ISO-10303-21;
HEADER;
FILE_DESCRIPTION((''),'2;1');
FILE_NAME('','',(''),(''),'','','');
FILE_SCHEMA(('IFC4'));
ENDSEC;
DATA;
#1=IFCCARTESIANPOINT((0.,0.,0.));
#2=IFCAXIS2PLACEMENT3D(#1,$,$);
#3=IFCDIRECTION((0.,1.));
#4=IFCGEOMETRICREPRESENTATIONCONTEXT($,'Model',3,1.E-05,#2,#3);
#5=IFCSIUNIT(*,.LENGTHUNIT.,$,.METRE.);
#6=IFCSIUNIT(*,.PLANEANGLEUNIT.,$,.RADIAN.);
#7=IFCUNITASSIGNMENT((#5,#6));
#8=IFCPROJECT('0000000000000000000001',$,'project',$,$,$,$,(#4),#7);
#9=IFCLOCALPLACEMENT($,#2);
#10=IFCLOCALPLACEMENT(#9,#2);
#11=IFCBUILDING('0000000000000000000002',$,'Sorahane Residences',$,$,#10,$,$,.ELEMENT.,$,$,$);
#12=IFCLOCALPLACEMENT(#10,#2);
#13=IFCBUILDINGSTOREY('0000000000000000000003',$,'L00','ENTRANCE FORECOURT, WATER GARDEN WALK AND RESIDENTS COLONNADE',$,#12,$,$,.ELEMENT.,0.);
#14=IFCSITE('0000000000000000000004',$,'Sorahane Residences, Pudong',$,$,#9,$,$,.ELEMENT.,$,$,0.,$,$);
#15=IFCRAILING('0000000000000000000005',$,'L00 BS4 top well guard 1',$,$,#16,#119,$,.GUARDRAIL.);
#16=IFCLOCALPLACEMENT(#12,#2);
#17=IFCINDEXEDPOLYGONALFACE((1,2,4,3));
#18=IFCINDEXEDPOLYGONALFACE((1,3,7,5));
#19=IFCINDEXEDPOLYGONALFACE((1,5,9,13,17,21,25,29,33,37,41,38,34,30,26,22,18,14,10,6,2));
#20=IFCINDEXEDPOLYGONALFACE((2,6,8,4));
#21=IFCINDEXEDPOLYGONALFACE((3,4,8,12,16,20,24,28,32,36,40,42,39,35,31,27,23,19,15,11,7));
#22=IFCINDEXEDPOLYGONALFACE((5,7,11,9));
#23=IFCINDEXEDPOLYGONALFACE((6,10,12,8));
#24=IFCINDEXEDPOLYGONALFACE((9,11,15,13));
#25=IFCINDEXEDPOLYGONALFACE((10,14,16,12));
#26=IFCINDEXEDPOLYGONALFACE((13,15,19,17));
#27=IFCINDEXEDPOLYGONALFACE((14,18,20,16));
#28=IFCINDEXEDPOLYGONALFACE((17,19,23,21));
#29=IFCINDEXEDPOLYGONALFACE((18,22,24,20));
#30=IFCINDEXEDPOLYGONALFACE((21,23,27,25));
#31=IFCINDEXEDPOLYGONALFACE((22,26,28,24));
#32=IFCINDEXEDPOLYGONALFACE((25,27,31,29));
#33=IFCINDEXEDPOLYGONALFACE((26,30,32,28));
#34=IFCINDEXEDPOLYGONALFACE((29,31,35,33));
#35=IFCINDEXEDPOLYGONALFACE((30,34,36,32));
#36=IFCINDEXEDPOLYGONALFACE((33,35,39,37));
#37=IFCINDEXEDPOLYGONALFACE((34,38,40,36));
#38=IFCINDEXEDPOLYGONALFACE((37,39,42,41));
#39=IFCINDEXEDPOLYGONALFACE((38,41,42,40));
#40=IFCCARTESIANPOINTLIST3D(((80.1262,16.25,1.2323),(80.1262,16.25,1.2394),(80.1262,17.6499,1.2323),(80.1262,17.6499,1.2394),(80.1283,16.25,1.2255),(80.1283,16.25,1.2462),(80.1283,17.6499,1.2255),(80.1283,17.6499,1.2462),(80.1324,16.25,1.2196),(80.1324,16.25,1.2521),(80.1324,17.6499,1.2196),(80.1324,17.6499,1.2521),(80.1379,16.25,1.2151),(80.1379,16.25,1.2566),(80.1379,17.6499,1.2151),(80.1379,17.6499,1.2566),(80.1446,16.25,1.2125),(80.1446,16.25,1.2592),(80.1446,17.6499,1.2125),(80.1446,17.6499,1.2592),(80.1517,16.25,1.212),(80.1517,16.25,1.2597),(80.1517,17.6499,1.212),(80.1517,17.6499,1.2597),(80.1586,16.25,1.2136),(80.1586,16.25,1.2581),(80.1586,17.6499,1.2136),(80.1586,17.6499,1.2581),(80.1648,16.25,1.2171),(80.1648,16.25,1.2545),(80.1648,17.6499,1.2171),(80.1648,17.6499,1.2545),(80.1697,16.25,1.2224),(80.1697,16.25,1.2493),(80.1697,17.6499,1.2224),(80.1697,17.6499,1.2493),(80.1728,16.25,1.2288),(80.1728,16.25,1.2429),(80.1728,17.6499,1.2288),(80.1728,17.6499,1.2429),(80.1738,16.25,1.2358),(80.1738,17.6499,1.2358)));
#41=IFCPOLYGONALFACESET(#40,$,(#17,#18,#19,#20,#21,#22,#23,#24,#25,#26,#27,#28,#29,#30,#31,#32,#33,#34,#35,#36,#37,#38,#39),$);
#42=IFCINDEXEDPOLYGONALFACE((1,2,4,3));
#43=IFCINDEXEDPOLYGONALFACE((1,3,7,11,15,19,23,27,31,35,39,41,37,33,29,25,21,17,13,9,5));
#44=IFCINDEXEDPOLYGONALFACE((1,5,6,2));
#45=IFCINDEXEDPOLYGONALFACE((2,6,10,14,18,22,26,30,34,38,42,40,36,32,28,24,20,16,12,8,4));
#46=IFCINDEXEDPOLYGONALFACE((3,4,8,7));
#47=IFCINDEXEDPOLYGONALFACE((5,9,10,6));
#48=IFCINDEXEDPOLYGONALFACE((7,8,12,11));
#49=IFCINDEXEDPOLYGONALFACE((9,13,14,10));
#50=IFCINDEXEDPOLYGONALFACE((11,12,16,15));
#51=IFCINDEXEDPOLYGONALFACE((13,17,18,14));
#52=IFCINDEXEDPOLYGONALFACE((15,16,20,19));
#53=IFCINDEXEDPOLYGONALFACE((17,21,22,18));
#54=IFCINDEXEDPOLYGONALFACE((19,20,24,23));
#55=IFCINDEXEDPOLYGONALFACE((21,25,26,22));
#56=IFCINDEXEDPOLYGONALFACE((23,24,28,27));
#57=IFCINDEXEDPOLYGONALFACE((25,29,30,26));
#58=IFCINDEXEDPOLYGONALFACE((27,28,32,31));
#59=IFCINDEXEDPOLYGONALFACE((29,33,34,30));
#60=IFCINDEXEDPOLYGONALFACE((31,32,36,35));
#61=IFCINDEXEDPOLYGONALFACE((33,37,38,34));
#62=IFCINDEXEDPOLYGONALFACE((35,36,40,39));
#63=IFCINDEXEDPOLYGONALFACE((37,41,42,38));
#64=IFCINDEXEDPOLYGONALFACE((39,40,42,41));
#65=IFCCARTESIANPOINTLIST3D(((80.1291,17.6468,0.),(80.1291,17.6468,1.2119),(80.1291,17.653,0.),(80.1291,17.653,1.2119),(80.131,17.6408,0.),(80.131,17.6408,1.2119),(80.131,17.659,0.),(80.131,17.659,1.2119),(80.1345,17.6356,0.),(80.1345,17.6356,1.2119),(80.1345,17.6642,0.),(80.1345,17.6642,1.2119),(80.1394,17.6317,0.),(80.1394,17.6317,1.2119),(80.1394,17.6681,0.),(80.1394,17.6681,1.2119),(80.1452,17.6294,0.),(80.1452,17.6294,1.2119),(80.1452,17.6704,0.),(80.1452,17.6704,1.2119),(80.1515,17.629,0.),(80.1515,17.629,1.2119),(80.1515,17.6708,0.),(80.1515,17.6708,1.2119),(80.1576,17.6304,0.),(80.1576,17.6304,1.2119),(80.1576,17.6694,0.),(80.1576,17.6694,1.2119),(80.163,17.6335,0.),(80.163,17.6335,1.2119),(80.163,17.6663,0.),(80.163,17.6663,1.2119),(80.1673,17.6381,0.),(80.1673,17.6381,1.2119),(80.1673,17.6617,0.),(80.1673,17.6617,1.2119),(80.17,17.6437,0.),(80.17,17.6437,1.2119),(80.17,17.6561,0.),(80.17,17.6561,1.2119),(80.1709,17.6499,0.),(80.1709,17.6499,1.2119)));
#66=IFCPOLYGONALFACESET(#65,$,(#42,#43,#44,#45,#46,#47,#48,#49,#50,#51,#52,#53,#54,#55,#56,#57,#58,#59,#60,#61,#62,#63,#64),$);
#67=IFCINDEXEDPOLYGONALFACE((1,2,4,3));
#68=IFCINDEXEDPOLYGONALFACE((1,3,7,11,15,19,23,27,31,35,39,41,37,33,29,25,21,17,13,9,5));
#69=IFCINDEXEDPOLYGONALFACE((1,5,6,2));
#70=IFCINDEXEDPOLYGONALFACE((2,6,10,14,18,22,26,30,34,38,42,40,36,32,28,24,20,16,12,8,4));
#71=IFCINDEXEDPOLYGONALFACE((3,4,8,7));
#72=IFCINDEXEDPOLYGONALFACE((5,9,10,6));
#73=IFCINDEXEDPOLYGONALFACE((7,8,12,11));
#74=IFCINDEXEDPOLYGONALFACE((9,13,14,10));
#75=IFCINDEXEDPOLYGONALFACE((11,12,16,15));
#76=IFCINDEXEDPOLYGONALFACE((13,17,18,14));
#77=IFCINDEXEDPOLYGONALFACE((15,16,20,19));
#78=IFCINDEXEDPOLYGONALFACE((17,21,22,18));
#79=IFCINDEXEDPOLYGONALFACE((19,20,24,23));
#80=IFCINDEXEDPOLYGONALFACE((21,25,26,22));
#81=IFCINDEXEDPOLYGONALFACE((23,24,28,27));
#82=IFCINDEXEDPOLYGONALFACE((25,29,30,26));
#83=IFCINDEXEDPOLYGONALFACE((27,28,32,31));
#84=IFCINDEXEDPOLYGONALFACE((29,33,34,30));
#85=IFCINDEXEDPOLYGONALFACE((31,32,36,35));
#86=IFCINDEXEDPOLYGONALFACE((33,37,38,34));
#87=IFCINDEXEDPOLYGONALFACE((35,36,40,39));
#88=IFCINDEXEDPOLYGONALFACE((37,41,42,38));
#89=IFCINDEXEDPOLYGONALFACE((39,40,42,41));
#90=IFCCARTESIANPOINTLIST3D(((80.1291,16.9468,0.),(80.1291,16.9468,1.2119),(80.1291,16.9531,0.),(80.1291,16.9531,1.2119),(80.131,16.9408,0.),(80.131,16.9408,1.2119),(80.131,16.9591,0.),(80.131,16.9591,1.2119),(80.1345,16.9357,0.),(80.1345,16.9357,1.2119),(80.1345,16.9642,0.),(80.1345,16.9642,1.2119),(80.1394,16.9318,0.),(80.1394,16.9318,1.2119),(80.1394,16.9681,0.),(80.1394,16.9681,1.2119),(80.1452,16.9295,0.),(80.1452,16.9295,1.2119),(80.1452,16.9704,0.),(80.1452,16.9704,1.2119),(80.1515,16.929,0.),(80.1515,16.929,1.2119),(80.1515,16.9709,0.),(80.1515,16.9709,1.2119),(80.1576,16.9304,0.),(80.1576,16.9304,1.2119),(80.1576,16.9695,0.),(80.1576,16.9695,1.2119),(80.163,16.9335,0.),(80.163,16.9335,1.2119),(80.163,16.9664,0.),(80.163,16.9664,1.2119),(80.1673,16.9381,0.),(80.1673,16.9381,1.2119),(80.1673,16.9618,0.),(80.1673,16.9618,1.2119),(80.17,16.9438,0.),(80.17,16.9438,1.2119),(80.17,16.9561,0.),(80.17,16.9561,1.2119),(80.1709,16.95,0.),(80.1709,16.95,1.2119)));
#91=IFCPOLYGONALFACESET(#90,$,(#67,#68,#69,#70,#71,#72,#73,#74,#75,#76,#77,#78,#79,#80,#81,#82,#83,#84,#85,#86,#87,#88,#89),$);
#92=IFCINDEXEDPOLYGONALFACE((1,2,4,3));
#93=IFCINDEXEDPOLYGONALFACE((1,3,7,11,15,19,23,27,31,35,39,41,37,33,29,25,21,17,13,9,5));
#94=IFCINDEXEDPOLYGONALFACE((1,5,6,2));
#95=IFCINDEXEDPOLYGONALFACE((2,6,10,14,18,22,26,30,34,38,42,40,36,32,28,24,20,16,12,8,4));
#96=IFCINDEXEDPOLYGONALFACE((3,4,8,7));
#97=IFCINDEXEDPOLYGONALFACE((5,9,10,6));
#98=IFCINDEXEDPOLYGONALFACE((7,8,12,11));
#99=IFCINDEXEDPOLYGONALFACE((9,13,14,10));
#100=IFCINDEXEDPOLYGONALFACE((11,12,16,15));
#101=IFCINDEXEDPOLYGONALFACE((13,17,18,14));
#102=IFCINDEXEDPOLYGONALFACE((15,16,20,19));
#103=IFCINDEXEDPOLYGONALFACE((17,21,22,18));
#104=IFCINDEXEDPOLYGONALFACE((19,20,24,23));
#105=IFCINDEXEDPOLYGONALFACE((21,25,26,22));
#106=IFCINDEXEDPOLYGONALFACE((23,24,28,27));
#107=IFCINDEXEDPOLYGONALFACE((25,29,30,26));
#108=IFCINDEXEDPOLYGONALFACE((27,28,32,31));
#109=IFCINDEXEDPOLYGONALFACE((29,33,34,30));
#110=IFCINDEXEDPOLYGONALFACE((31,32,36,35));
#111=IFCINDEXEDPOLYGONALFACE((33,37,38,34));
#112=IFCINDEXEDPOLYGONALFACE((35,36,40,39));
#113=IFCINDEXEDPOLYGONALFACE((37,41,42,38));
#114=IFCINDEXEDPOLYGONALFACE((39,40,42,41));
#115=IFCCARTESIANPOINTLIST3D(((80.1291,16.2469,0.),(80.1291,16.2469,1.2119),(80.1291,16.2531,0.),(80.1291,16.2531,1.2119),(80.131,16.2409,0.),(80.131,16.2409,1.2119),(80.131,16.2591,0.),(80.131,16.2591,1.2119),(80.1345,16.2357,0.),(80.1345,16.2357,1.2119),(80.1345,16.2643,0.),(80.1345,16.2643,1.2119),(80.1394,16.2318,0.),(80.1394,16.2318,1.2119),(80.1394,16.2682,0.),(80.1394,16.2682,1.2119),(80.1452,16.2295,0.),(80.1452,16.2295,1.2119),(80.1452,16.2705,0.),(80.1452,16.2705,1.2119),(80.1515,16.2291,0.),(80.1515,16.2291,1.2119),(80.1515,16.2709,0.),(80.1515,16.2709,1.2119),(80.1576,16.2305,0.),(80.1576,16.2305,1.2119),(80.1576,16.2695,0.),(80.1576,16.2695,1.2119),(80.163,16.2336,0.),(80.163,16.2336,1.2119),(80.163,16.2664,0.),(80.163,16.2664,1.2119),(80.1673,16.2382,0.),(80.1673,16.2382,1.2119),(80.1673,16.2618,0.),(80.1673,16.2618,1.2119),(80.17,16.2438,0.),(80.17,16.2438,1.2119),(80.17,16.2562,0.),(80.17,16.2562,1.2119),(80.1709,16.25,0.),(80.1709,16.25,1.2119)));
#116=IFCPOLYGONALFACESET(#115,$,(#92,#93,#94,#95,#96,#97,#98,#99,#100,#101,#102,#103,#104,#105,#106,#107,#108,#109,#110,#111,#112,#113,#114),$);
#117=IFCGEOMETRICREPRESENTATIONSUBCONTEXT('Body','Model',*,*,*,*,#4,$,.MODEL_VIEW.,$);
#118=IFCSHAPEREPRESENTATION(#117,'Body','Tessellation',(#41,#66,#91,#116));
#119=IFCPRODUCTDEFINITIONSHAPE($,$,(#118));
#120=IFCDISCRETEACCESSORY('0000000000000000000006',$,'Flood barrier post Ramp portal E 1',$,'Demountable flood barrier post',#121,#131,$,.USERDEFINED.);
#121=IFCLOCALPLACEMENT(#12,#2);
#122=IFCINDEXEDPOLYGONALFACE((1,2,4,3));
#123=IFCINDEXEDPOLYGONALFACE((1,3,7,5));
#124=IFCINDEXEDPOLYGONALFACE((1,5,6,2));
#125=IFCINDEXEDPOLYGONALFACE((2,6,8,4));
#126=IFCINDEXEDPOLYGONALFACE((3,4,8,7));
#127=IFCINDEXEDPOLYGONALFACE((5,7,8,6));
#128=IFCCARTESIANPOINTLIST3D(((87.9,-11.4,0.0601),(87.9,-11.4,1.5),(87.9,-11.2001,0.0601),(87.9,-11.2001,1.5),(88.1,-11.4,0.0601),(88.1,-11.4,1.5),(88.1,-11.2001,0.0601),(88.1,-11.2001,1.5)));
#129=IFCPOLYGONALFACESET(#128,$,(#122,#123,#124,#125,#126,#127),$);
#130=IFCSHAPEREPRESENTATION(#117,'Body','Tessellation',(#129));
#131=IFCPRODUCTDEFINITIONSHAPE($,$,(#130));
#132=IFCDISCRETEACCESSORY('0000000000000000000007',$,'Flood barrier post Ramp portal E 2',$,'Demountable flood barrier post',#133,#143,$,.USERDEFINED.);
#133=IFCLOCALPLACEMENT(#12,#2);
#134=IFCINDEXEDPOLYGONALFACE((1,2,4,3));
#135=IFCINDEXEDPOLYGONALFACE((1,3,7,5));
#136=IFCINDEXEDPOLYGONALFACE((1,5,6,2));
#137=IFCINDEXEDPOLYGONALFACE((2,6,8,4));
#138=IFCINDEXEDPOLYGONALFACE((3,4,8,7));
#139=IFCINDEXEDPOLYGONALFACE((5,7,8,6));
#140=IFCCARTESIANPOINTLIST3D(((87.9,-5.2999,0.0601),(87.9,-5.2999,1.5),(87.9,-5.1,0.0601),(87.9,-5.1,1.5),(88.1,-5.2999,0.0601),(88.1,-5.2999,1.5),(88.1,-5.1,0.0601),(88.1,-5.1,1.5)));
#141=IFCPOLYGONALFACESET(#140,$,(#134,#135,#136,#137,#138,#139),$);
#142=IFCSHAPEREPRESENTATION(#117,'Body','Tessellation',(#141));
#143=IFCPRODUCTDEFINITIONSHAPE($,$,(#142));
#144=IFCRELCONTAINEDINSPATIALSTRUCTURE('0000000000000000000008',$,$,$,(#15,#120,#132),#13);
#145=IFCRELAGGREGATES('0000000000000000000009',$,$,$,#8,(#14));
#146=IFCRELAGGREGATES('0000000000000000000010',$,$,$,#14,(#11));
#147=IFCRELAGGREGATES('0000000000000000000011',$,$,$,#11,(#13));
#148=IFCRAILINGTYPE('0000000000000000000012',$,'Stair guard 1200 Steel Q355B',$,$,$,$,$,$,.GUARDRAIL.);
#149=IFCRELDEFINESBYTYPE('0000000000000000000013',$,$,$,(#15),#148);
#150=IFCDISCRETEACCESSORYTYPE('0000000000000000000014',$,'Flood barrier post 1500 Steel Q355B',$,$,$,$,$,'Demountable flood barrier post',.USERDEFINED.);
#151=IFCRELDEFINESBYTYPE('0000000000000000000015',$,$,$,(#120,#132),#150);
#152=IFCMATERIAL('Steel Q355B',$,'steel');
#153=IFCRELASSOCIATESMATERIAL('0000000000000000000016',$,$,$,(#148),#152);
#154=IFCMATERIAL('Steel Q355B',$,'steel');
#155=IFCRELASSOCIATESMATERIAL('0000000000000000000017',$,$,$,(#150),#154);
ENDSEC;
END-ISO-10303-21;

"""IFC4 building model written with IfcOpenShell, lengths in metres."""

from ifc_helpers import new_model, si_unit, direction, frame, origin, origin_2d, place, context, subcontext, project, spatial, rectangle, circle, extrude, material, type_object, element, save


model = new_model("IFC4")

# Units and contexts
model_context = context("Model", 3, precision=1e-05, world=origin(), true_north=direction((0.0, 1.0)))
body_context = subcontext(model_context, "Body", "Model", "MODEL_VIEW")
ifc_project = project(units=[si_unit("LENGTHUNIT", "METRE"), si_unit("PLANEANGLEUNIT", "RADIAN")], contexts=[model_context])

# Site, building, storey
site_placement = place(None, origin())
site = spatial("IfcSite", under=ifc_project, at=site_placement, Name="Sorahane Residences, Pudong", CompositionType="ELEMENT", RefElevation=0.0)
building_placement = place(site_placement, origin())
building = spatial("IfcBuilding", under=site, at=building_placement, Name="Sorahane Residences", CompositionType="ELEMENT")
storey_placement = place(building_placement, origin())
storey = spatial("IfcBuildingStorey", under=building, at=storey_placement, Name="L00", Description="ENTRANCE FORECOURT, WATER GARDEN WALK AND RESIDENTS COLONNADE", CompositionType="ELEMENT", Elevation=0.0)

# Railing
ifc_material_1 = material(Name="Steel Q355B", Category="steel")
railing_type_1 = type_object("IfcRailingType", Name="Stair guard 1200 Steel Q355B", PredefinedType="GUARDRAIL", material=ifc_material_1)
railing_1_placement = place(storey_placement, frame((80.1499, 17.6499, 0.0)))
element("IfcRailing", 1, at=railing_1_placement, inside=storey, type_object=railing_type_1, Name="L00 BS4 top well guard 1", PredefinedType="GUARDRAIL", context=body_context, shape_type="SweptSolid", body=[
    extrude(circle(Radius=0.0239, at=origin_2d()), frame((0.0, 0.0, 1.2358), z_axis=(0.0, -1.0, 0.0), x_axis=(1.0, 0.0, 0.0)), (0.0, 0.0, 1.0), 1.3999),
    extrude(circle(Radius=0.021, at=origin_2d()), origin(), (0.0, 0.0, 1.0), 1.2119),
    extrude(circle(Radius=0.021, at=origin_2d()), frame((0.0, -0.7, 0.0)), (0.0, 0.0, 1.0), 1.2119),
    extrude(circle(Radius=0.021, at=origin_2d()), frame((0.0, -1.3999, 0.0)), (0.0, 0.0, 1.0), 1.2119),
])

# Discrete accessories
ifc_material_2 = material(Name="Steel Q355B", Category="steel")
discrete_accessory_type = type_object("IfcDiscreteAccessoryType", Name="Flood barrier post 1500 Steel Q355B", ElementType="Demountable flood barrier post", PredefinedType="USERDEFINED", material=ifc_material_2)
for number, where, z_axis, x_axis, name in (
    (2, (88.0, -11.3, 0.0601), (0.0, 0.0, 1.0), (1.0, 0.0, 0.0), "Flood barrier post Ramp portal E 1"),
    (3, (88.0, -5.2, 0.0601), (0.0, 0.0, 1.0), (1.0, 0.0, 0.0), "Flood barrier post Ramp portal E 2"),
):
    element("IfcDiscreteAccessory", number, at=place(storey_placement, frame(where, z_axis=z_axis, x_axis=x_axis)), inside=storey, type_object=discrete_accessory_type, Name=name, ObjectType="Demountable flood barrier post", PredefinedType="USERDEFINED", context=body_context, shape_type="SweptSolid", body=[
        extrude(rectangle(XDim=0.2, YDim=0.2, at=origin_2d()), origin(), (0.0, 0.0, 1.0), 1.4399),
    ])

save(model, "model.ifc")
